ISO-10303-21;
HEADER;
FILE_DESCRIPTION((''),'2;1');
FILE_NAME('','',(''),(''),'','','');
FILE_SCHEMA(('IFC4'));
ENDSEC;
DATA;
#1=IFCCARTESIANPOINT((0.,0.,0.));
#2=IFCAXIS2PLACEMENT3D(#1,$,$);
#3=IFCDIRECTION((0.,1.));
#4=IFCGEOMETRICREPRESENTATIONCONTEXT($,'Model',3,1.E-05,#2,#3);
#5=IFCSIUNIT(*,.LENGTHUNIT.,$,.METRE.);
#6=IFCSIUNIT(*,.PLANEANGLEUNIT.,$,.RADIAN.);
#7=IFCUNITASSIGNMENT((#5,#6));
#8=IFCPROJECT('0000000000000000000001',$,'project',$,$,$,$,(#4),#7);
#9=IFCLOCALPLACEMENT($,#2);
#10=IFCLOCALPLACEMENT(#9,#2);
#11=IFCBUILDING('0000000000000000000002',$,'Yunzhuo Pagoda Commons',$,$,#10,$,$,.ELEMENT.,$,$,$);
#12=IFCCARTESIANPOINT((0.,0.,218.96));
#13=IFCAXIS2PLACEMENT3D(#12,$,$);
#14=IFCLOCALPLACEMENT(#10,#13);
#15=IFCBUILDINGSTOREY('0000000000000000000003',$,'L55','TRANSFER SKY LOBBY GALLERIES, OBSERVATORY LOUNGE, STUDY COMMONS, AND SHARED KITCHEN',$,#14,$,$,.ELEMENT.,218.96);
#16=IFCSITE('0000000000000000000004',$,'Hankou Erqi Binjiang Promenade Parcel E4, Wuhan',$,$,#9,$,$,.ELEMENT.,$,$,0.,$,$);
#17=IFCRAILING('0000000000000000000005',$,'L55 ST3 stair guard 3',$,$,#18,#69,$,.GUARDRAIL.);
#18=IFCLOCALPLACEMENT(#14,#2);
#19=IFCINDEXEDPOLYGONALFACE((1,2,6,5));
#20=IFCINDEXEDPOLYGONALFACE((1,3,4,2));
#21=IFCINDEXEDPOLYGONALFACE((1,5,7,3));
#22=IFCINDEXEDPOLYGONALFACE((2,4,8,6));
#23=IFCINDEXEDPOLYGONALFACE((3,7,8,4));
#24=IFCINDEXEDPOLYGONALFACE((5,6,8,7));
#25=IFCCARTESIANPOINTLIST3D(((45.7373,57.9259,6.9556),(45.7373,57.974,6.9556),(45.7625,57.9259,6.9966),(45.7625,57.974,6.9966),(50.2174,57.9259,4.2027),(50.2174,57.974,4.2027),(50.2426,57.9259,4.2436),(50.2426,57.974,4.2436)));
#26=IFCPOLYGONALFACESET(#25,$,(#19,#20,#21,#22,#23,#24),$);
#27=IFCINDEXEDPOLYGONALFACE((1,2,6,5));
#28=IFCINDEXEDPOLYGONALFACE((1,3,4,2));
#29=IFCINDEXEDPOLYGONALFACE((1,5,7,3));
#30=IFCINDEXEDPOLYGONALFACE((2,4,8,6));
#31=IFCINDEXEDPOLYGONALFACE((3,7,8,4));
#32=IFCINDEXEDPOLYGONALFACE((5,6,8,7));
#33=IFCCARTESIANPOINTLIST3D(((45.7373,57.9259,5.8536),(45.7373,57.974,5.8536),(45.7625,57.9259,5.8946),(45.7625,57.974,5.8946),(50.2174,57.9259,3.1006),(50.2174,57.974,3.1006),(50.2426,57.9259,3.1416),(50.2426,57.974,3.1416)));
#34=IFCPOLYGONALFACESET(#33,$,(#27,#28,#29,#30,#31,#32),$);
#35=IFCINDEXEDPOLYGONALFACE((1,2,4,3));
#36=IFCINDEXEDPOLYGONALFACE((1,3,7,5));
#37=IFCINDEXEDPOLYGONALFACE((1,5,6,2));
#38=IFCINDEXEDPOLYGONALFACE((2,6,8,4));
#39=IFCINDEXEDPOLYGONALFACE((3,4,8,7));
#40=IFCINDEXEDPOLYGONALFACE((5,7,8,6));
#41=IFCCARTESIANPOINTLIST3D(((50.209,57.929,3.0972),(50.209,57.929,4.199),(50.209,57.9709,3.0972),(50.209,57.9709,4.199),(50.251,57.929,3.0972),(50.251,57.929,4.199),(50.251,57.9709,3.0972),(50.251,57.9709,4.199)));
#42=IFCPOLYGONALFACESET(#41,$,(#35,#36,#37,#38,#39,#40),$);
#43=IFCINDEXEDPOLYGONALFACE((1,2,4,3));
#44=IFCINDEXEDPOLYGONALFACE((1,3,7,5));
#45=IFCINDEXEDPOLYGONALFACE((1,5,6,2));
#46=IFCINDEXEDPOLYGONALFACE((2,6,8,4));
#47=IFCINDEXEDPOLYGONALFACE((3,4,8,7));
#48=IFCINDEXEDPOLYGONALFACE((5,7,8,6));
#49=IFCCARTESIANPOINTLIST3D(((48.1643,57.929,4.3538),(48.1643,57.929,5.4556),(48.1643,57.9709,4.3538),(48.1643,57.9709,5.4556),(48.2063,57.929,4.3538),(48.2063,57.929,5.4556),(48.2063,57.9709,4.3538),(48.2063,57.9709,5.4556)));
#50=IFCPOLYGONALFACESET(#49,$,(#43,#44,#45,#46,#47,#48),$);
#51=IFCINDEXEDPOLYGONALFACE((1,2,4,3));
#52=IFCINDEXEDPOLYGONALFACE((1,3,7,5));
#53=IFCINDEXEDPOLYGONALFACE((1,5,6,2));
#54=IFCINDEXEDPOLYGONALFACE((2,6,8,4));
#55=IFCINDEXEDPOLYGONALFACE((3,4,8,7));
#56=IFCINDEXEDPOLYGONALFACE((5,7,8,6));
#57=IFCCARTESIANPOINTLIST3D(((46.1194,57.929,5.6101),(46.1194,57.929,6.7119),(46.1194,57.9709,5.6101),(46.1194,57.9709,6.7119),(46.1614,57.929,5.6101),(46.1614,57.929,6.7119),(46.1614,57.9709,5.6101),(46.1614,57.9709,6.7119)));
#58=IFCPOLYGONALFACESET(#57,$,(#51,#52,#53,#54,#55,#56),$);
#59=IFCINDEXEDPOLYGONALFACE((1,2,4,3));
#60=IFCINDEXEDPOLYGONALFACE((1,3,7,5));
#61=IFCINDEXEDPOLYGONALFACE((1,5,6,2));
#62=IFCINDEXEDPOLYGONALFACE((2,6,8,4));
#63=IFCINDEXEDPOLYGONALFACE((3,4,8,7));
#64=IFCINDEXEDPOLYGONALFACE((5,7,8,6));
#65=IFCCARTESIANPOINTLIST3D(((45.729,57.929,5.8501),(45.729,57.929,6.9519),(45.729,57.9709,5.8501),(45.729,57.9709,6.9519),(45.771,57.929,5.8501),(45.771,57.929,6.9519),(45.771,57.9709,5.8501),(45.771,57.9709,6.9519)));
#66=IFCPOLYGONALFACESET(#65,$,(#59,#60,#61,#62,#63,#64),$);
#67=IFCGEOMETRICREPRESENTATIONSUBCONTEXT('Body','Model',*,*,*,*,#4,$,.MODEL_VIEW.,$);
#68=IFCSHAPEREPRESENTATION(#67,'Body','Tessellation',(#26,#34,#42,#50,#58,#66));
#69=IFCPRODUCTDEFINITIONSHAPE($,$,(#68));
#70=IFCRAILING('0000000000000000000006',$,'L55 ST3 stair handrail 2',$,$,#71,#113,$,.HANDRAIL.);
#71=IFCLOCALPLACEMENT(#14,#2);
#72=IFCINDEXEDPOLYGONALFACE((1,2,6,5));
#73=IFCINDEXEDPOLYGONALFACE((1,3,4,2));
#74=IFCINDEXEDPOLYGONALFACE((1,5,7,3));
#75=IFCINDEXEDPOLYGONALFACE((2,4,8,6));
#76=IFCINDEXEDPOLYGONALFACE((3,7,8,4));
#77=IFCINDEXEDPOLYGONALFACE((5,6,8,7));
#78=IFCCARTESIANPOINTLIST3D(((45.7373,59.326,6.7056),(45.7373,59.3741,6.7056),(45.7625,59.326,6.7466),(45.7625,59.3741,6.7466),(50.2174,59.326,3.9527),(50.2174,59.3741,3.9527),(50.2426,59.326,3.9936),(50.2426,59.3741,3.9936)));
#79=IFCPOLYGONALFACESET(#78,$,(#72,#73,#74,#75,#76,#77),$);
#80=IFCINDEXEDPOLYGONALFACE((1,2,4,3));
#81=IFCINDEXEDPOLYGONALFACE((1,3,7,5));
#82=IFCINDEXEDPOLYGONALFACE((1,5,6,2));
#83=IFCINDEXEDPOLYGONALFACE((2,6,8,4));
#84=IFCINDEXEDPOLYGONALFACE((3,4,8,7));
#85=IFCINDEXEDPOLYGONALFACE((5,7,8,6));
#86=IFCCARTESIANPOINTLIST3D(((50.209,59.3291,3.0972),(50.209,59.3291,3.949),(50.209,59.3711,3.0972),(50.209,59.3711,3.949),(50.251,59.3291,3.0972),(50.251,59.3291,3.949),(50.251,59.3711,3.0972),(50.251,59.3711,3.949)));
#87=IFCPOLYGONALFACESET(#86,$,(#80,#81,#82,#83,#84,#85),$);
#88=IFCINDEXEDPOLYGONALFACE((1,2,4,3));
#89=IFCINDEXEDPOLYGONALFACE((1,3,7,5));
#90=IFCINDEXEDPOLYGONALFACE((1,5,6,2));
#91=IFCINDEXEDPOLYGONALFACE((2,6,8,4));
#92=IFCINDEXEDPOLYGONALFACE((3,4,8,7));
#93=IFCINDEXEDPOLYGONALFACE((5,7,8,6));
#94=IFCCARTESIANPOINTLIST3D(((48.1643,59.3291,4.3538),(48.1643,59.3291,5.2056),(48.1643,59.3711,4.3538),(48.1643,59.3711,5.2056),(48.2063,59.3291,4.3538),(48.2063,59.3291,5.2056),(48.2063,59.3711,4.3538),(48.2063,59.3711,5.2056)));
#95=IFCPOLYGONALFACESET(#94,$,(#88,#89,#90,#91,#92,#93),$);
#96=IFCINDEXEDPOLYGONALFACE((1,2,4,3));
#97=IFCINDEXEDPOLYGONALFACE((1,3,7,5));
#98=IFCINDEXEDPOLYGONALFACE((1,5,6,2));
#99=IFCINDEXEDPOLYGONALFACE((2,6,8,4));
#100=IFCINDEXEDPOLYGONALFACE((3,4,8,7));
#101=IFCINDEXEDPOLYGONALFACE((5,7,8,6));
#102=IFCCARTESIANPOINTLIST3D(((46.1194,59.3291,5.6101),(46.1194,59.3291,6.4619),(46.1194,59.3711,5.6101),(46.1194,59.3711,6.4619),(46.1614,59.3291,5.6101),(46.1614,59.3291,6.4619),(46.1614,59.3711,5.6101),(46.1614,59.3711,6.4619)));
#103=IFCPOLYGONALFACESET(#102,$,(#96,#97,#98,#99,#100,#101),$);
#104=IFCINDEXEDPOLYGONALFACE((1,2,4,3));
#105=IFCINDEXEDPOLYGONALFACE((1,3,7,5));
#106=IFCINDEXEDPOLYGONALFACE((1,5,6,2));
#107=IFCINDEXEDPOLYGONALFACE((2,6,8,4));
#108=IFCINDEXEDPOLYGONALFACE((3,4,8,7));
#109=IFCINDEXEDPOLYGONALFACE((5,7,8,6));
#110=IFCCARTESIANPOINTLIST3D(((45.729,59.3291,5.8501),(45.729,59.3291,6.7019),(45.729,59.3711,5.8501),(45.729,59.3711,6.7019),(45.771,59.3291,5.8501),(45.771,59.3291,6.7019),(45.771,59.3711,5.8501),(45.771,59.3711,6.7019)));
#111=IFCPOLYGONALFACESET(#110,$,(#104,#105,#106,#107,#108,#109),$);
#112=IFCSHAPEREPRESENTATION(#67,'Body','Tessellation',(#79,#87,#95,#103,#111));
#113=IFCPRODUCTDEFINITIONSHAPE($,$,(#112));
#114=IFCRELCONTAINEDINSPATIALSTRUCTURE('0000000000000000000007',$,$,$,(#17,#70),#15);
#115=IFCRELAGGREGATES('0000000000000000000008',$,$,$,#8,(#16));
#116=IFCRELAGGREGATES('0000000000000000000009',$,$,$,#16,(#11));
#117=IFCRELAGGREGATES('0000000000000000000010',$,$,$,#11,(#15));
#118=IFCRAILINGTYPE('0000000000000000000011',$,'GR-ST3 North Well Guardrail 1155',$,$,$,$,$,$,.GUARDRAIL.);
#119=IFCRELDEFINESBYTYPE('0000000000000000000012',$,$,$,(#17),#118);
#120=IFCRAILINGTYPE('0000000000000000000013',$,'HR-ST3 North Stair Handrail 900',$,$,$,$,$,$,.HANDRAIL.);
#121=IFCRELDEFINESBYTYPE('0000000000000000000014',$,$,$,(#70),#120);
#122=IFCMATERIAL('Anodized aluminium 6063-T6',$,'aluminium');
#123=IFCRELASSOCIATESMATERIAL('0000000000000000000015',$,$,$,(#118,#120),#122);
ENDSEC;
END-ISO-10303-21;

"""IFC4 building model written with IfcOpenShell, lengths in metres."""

from ifc_helpers import new_model, si_unit, direction, frame, origin, origin_2d, place, context, subcontext, project, spatial, rectangle, extrude, material, type_object, element, save


model = new_model("IFC4")

# Units and contexts
model_context = context("Model", 3, precision=1e-05, world=origin(), true_north=direction((0.0, 1.0)))
body_context = subcontext(model_context, "Body", "Model", "MODEL_VIEW")
ifc_project = project(units=[si_unit("LENGTHUNIT", "METRE"), si_unit("PLANEANGLEUNIT", "RADIAN")], contexts=[model_context])

# Site, building, storey
site_placement = place(None, origin())
site = spatial("IfcSite", under=ifc_project, at=site_placement, Name="Hankou Erqi Binjiang Promenade Parcel E4, Wuhan", CompositionType="ELEMENT", RefElevation=0.0)
building_placement = place(site_placement, origin())
building = spatial("IfcBuilding", under=site, at=building_placement, Name="Yunzhuo Pagoda Commons", CompositionType="ELEMENT")
storey_placement = place(building_placement, frame((0.0, 0.0, 218.96)))
storey = spatial("IfcBuildingStorey", under=building, at=storey_placement, Name="L55", Description="TRANSFER SKY LOBBY GALLERIES, OBSERVATORY LOUNGE, STUDY COMMONS, AND SHARED KITCHEN", CompositionType="ELEMENT", Elevation=218.96)

# Shared definitions
ifc_material_1 = material(Name="Anodized aluminium 6063-T6", Category="aluminium")

# Railings
railing_type_1 = type_object("IfcRailingType", Name="GR-ST3 North Well Guardrail 1155", PredefinedType="GUARDRAIL", material=ifc_material_1)
railing_1_placement = place(storey_placement, frame((50.23, 57.95, 3.0972)))
element("IfcRailing", 1, at=railing_1_placement, inside=storey, type_object=railing_type_1, Name="L55 ST3 stair guard 3", PredefinedType="GUARDRAIL", context=body_context, shape_type="SweptSolid", body=[
    extrude(rectangle(XDim=0.0481, YDim=0.0481, at=origin_2d()), frame((0.0, 0.0, 1.126), z_axis=(-0.851996, 0.0, 0.523548), x_axis=(0.0, -1.0, 0.0)), (0.0, 0.0, 1.0), 5.2583),
    extrude(rectangle(XDim=0.0481, YDim=0.0481, at=origin_2d()), frame((0.0, 0.0, 0.0239), z_axis=(-0.851996, 0.0, 0.523548), x_axis=(0.0, -1.0, 0.0)), (0.0, 0.0, 1.0), 5.2583),
    extrude(rectangle(XDim=0.042, YDim=0.042, at=origin_2d()), origin(), (0.0, 0.0, 1.0), 1.1018),
    extrude(rectangle(XDim=0.042, YDim=0.042, at=origin_2d()), frame((-2.0447, 0.0, 1.2566)), (0.0, 0.0, 1.0), 1.1018),
    extrude(rectangle(XDim=0.042, YDim=0.042, at=origin_2d()), frame((-4.0896, 0.0, 2.5129)), (0.0, 0.0, 1.0), 1.1018),
    extrude(rectangle(XDim=0.042, YDim=0.042, at=origin_2d()), frame((-4.48, 0.0, 2.7529)), (0.0, 0.0, 1.0), 1.1018),
])
railing_type_2 = type_object("IfcRailingType", Name="HR-ST3 North Stair Handrail 900", PredefinedType="HANDRAIL", material=ifc_material_1)
railing_2_placement = place(storey_placement, frame((50.23, 59.3501, 3.0972)))
element("IfcRailing", 2, at=railing_2_placement, inside=storey, type_object=railing_type_2, Name="L55 ST3 stair handrail 2", PredefinedType="HANDRAIL", context=body_context, shape_type="SweptSolid", body=[
    extrude(rectangle(XDim=0.0481, YDim=0.0481, at=origin_2d()), frame((0.0, 0.0, 0.876), z_axis=(-0.851996, 0.0, 0.523548), x_axis=(0.0, -1.0, 0.0)), (0.0, 0.0, 1.0), 5.2583),
    extrude(rectangle(XDim=0.042, YDim=0.042, at=origin_2d()), origin(), (0.0, 0.0, 1.0), 0.8518),
    extrude(rectangle(XDim=0.042, YDim=0.042, at=origin_2d()), frame((-2.0447, 0.0, 1.2566)), (0.0, 0.0, 1.0), 0.8518),
    extrude(rectangle(XDim=0.042, YDim=0.042, at=origin_2d()), frame((-4.0896, 0.0, 2.5129)), (0.0, 0.0, 1.0), 0.8518),
    extrude(rectangle(XDim=0.042, YDim=0.042, at=origin_2d()), frame((-4.48, 0.0, 2.7529)), (0.0, 0.0, 1.0), 0.8518),
])

save(model, "model.ifc")
